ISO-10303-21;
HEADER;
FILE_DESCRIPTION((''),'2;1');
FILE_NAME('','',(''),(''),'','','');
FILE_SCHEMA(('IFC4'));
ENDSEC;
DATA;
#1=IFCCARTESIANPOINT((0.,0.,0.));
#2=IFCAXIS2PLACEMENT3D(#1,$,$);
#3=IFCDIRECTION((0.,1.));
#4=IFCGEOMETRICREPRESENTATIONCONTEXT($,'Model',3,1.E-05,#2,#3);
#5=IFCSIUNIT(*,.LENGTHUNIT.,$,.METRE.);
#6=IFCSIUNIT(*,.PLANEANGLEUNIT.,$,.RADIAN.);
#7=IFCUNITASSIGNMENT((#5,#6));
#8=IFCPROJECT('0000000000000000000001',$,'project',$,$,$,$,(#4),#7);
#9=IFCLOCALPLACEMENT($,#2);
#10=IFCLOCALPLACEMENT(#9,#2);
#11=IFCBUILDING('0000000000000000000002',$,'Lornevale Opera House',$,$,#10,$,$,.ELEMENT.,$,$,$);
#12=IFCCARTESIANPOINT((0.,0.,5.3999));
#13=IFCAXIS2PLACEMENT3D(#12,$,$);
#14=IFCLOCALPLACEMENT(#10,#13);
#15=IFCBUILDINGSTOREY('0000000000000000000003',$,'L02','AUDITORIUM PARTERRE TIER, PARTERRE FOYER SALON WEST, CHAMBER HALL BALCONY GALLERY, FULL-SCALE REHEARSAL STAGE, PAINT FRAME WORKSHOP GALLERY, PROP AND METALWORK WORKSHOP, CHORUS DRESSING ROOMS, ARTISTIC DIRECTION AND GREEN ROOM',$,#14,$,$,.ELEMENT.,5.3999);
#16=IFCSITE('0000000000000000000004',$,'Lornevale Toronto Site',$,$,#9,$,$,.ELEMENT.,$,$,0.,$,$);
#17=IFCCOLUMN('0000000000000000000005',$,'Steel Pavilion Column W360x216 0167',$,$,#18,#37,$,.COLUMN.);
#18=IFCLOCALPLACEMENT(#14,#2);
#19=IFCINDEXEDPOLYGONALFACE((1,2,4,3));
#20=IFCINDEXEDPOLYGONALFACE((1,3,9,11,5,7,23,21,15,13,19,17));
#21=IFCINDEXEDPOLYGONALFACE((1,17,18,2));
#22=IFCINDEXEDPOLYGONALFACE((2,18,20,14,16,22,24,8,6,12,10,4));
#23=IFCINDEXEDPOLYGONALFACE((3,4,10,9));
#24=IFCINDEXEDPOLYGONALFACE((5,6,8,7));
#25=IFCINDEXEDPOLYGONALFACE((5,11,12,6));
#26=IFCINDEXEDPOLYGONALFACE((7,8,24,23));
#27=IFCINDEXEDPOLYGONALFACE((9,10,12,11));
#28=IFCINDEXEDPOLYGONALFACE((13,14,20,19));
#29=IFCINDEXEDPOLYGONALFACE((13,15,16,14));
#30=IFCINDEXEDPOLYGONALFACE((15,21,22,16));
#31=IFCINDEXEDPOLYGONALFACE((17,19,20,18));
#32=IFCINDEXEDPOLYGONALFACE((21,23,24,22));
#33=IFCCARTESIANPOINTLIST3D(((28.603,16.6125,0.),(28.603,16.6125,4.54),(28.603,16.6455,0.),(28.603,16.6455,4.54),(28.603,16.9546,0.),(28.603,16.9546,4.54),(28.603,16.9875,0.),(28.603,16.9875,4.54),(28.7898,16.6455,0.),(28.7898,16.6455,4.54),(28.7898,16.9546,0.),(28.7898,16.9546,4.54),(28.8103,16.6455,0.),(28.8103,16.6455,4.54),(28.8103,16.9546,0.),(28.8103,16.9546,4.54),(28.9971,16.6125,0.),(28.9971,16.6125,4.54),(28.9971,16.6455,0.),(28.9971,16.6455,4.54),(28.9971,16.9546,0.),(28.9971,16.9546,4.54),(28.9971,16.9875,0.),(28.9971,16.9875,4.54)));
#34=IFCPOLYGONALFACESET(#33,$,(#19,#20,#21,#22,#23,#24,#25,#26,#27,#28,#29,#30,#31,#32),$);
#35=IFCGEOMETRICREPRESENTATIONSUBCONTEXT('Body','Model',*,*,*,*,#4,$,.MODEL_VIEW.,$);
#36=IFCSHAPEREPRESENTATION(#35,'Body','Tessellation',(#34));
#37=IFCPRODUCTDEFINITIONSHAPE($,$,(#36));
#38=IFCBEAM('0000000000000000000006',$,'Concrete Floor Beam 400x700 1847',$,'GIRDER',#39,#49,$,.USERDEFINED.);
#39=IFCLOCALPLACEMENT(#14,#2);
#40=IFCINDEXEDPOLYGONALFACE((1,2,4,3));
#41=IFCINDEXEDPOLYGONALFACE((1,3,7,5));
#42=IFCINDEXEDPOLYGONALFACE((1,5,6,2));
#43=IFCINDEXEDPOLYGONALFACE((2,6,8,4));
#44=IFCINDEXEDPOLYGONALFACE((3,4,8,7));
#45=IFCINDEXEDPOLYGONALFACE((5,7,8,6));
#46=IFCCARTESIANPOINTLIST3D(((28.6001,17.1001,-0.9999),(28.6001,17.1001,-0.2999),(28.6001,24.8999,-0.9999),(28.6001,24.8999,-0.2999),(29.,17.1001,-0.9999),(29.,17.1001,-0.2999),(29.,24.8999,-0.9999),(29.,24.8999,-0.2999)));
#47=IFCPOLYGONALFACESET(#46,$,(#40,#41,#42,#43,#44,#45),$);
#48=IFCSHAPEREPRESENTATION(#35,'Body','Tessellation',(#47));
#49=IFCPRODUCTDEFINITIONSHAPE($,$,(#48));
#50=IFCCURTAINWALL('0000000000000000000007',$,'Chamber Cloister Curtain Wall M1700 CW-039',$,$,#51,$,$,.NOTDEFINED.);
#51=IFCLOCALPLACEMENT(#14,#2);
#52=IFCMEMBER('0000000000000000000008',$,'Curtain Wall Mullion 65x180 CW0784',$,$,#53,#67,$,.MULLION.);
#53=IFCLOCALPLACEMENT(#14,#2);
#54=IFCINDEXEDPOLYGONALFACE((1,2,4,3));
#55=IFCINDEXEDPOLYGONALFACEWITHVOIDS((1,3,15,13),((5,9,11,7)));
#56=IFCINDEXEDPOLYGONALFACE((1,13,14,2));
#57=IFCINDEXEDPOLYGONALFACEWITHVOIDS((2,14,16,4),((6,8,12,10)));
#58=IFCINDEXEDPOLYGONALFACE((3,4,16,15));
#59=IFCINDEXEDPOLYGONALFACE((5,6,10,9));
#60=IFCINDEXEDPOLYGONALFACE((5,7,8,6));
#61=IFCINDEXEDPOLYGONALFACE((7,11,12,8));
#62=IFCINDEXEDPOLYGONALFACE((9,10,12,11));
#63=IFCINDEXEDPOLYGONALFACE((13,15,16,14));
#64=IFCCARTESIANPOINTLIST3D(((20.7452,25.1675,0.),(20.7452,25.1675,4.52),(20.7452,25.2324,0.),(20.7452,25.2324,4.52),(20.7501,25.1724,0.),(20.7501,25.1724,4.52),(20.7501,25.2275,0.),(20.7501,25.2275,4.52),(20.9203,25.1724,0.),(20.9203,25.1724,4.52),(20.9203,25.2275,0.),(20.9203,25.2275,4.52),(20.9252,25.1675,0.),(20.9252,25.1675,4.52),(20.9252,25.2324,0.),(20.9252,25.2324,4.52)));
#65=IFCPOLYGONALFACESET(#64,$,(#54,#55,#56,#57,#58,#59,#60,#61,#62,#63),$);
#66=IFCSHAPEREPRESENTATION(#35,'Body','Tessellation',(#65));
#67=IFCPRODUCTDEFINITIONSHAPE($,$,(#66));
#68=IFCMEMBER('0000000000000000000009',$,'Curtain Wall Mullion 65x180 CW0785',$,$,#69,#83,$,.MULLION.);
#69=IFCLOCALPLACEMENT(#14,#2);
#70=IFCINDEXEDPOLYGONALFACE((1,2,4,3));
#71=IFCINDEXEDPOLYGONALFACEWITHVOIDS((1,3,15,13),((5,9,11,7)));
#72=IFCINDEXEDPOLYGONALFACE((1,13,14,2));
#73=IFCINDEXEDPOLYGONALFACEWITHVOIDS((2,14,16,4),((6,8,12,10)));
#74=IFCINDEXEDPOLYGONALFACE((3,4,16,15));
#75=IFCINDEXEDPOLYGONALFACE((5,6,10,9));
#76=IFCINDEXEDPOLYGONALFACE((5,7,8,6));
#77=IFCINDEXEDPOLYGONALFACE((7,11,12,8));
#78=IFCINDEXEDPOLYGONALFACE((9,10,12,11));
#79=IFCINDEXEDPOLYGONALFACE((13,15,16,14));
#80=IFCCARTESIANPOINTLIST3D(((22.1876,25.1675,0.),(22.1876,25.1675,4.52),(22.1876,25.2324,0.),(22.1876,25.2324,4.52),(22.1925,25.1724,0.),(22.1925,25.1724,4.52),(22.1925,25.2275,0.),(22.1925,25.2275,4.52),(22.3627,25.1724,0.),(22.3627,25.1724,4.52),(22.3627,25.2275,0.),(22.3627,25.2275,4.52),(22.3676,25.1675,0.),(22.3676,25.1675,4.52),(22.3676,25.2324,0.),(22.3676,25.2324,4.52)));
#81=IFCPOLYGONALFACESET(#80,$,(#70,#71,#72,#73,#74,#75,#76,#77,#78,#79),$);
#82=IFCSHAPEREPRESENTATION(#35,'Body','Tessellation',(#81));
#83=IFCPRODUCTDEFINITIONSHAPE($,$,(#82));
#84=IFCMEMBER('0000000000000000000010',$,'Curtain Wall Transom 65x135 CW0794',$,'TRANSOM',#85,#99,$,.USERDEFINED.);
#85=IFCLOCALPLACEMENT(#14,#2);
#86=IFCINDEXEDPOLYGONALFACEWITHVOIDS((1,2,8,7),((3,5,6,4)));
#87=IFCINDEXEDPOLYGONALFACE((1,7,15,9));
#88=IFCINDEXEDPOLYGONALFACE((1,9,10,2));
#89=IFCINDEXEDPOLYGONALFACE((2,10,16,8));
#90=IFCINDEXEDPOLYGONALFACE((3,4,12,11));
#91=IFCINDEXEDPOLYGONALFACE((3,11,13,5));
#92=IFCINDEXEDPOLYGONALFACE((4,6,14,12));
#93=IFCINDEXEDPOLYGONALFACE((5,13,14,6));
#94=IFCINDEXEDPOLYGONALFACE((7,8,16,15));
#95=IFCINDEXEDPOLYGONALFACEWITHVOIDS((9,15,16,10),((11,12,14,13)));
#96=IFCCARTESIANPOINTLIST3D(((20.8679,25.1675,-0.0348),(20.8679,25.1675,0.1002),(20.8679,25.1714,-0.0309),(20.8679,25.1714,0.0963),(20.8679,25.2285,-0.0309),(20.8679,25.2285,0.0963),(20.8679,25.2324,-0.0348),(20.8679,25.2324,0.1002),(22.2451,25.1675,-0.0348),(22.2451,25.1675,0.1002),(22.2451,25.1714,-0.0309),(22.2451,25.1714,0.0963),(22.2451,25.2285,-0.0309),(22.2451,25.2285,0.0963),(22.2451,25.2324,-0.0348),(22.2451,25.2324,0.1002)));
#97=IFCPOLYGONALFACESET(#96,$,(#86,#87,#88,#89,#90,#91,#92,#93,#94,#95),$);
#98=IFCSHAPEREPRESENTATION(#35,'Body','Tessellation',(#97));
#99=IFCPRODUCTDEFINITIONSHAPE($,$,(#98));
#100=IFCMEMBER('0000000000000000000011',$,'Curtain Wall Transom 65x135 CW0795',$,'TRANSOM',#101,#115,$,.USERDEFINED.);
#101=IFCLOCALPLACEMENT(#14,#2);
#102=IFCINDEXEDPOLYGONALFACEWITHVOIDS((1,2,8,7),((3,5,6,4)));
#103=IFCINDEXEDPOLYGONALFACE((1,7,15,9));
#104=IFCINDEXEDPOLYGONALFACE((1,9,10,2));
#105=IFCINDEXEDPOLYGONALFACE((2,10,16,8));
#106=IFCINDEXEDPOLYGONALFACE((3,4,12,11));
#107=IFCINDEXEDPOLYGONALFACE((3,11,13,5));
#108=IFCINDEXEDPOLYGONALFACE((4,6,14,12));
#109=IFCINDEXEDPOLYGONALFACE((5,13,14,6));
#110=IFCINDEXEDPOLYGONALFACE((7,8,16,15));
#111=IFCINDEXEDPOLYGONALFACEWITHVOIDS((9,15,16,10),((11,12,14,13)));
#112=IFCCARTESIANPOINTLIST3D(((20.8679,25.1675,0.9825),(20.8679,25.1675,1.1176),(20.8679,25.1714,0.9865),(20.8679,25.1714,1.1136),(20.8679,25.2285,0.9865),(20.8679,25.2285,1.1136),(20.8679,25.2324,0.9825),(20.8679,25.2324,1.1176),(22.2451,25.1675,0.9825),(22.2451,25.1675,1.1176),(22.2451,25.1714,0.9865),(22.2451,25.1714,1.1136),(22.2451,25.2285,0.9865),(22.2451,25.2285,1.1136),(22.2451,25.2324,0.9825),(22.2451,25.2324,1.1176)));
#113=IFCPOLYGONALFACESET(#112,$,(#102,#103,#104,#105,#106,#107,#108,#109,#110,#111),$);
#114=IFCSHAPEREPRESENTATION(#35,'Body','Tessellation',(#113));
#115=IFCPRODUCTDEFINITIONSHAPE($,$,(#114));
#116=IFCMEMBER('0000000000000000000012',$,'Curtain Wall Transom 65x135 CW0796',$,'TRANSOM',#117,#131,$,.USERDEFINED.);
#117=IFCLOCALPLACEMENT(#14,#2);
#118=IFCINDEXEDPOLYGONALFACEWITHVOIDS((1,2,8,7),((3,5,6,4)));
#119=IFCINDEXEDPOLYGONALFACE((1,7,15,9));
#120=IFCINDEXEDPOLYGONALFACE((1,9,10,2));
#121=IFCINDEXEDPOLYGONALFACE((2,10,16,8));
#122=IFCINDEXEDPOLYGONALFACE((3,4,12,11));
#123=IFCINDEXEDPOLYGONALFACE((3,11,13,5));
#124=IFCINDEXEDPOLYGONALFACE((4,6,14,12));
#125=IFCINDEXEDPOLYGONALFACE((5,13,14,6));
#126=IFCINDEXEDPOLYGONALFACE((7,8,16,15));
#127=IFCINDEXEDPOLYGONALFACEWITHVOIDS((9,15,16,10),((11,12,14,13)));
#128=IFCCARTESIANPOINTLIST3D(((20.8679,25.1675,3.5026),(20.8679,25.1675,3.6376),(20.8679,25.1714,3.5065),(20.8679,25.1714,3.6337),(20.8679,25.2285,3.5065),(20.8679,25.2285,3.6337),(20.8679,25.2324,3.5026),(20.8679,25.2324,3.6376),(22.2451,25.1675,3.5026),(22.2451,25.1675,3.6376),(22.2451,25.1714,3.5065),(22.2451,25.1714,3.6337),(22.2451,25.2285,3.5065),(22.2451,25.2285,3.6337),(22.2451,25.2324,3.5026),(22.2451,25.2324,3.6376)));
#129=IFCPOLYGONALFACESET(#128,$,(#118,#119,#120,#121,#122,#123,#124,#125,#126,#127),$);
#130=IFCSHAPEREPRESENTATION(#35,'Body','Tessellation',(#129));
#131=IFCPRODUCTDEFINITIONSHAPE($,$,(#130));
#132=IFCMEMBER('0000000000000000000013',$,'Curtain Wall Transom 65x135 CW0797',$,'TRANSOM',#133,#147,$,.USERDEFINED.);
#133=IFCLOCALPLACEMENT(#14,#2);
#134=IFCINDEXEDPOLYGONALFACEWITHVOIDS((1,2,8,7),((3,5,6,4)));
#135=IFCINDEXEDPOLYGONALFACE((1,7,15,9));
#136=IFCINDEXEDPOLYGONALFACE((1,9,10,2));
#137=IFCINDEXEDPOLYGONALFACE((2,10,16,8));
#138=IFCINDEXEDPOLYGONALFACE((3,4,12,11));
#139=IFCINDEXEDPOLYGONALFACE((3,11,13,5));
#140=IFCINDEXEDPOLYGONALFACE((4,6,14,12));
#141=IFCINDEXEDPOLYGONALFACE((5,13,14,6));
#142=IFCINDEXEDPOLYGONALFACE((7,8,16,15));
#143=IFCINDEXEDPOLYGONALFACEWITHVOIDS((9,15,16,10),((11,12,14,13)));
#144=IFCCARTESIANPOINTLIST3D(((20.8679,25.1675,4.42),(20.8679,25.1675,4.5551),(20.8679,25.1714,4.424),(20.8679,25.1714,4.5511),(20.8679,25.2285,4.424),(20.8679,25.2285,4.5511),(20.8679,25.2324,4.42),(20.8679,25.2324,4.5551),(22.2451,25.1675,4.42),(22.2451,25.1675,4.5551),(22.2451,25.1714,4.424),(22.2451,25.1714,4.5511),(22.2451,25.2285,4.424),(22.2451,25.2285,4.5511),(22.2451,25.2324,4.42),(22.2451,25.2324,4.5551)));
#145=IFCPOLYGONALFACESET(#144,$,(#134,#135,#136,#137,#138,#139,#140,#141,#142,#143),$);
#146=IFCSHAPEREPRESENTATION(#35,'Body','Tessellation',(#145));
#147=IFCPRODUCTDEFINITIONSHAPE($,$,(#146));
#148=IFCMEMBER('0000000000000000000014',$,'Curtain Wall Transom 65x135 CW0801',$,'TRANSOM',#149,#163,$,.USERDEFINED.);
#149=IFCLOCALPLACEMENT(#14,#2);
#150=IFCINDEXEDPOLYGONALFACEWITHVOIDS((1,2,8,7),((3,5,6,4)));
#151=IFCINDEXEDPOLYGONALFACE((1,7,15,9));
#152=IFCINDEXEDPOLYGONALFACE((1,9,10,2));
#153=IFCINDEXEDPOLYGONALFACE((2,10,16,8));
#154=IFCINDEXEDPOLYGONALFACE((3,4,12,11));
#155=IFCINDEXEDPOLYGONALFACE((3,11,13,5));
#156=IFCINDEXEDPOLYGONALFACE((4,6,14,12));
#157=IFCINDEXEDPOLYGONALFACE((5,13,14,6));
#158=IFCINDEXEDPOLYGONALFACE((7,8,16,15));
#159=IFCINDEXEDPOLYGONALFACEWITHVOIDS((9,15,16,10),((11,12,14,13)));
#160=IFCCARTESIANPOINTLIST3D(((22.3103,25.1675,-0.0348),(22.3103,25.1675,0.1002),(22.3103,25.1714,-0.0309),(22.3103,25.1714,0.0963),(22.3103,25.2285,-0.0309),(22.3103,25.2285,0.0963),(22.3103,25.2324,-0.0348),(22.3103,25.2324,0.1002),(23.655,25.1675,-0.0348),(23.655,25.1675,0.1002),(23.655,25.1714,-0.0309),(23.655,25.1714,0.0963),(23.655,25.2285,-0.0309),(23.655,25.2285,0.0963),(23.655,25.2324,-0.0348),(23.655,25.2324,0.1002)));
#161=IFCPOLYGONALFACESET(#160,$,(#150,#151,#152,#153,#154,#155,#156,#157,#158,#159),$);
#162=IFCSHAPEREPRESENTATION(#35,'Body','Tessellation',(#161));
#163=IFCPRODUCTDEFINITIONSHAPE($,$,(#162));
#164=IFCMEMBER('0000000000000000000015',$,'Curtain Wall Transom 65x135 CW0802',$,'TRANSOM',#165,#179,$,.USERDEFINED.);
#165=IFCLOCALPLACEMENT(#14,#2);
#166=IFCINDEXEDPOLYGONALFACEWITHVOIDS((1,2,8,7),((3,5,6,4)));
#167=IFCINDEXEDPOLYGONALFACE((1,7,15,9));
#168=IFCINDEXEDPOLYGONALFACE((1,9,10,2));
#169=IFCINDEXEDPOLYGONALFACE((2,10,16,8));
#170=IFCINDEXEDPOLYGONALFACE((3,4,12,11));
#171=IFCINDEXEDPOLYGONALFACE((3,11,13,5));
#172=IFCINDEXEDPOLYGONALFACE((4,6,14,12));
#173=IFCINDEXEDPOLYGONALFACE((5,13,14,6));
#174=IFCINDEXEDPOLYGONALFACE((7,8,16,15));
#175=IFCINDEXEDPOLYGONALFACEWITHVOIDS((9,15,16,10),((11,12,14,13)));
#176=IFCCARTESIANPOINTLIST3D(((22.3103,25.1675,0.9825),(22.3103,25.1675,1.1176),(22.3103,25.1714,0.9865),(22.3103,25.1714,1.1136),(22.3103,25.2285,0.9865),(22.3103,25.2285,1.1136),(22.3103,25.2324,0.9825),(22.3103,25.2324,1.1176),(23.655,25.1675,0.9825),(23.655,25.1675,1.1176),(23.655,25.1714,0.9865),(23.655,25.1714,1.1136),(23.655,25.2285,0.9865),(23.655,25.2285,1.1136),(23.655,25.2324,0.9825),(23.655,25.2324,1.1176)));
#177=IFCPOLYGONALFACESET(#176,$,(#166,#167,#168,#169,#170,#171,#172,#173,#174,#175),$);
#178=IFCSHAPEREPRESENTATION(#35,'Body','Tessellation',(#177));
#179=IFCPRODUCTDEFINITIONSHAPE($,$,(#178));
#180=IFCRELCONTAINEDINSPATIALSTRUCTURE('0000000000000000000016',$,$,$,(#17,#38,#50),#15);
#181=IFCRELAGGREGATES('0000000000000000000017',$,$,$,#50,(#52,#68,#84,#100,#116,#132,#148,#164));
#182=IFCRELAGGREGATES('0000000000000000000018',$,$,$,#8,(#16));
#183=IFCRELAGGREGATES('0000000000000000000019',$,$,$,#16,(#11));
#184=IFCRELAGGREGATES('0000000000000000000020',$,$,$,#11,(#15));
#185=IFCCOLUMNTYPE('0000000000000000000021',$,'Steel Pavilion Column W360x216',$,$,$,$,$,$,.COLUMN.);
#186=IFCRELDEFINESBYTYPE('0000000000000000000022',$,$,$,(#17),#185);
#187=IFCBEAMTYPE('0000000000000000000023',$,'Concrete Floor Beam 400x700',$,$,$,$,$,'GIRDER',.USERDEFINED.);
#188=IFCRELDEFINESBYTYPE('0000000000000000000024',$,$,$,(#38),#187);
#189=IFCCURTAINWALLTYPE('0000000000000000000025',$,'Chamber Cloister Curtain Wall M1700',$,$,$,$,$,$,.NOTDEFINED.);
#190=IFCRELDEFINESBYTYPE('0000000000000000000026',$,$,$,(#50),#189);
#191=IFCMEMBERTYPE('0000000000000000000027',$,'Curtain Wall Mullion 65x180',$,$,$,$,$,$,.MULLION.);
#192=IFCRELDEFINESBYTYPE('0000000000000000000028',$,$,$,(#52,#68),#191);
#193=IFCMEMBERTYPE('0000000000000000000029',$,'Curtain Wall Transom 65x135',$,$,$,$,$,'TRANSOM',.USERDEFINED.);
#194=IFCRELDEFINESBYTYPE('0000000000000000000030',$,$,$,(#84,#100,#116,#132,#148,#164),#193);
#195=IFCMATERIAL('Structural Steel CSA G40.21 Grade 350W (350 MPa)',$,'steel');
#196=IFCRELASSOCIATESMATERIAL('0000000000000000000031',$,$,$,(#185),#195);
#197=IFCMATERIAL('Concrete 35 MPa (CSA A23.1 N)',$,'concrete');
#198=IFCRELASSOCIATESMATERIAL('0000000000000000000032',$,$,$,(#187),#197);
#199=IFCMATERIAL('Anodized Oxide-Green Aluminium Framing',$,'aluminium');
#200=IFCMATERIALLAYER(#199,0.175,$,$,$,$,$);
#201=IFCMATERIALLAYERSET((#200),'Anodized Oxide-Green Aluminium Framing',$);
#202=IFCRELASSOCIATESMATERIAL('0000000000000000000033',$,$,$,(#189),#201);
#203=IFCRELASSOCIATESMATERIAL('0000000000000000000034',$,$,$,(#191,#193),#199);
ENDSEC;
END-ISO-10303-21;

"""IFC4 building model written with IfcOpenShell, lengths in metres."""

from ifc_helpers import new_model, si_unit, direction, frame, origin, origin_2d, place, context, subcontext, project, spatial, rectangle, hollow_rectangle, i_section, extrude, material, layer, layer_set, material_profile, profile_set, type_object, element, aggregate, save


model = new_model("IFC4")

# Units and contexts
model_context = context("Model", 3, precision=1e-05, world=origin(), true_north=direction((0.0, 1.0)))
body_context = subcontext(model_context, "Body", "Model", "MODEL_VIEW")
ifc_project = project(units=[si_unit("LENGTHUNIT", "METRE"), si_unit("PLANEANGLEUNIT", "RADIAN")], contexts=[model_context])

# Site, building, storey
site_placement = place(None, origin())
site = spatial("IfcSite", under=ifc_project, at=site_placement, Name="Lornevale Toronto Site", CompositionType="ELEMENT", RefElevation=0.0)
building_placement = place(site_placement, origin())
building = spatial("IfcBuilding", under=site, at=building_placement, Name="Lornevale Opera House", CompositionType="ELEMENT")
storey_placement = place(building_placement, frame((0.0, 0.0, 5.3999)))
storey = spatial("IfcBuildingStorey", under=building, at=storey_placement, Name="L02", Description="AUDITORIUM PARTERRE TIER, PARTERRE FOYER SALON WEST, CHAMBER HALL BALCONY GALLERY, FULL-SCALE REHEARSAL STAGE, PAINT FRAME WORKSHOP GALLERY, PROP AND METALWORK WORKSHOP, CHORUS DRESSING ROOMS, ARTISTIC DIRECTION AND GREEN ROOM", CompositionType="ELEMENT", Elevation=5.3999)

# Column
ifc_material_1 = material(Name="Structural Steel CSA G40.21 Grade 350W (350 MPa)", Category="steel")
ifc_material_profile_1 = material_profile(ifc_material_1, i_section(OverallWidth=0.394, OverallDepth=0.375, WebThickness=0.0205, FlangeThickness=0.033, at=origin_2d()), Name="W360x216")
ifc_profile_set_1 = profile_set([ifc_material_profile_1], Name="Structural Steel CSA G40.21 Grade 350W (350 MPa)")
column_type = type_object("IfcColumnType", Name="Steel Pavilion Column W360x216", PredefinedType="COLUMN", material=ifc_profile_set_1)
column_placement = place(storey_placement, frame((28.8, 16.8, 0.0), z_axis=(0.0, 0.0, 1.0), x_axis=(1.0, 0.0, 0.0)))
element("IfcColumn", 1, at=column_placement, inside=storey, type_object=column_type, Name="Steel Pavilion Column W360x216 0167", PredefinedType="COLUMN", context=body_context, shape_type="SweptSolid", body=[
    extrude(i_section(OverallWidth=0.394, OverallDepth=0.375, WebThickness=0.0205, FlangeThickness=0.033, at=origin_2d()), origin(), (0.0, 0.0, 1.0), 4.54),
])

# Beam
ifc_material_2 = material(Name="Concrete 35 MPa (CSA A23.1 N)", Category="concrete")
ifc_material_profile_2 = material_profile(ifc_material_2, rectangle(XDim=0.3999, YDim=0.7, at=origin_2d()), Name="RC400x700")
ifc_profile_set_2 = profile_set([ifc_material_profile_2], Name="Concrete 35 MPa (CSA A23.1 N)")
beam_type = type_object("IfcBeamType", Name="Concrete Floor Beam 400x700", ElementType="GIRDER", PredefinedType="USERDEFINED", material=ifc_profile_set_2)
beam_placement = place(storey_placement, frame((28.8, 17.1001, -0.6499), z_axis=(0.0, 1.0, 0.0), x_axis=(-1.0, 0.0, 0.0)))
element("IfcBeam", 2, at=beam_placement, inside=storey, type_object=beam_type, Name="Concrete Floor Beam 400x700 1847", ObjectType="GIRDER", PredefinedType="USERDEFINED", context=body_context, shape_type="SweptSolid", body=[
    extrude(rectangle(XDim=0.3999, YDim=0.7, at=origin_2d()), origin(), (0.0, 0.0, 1.0), 7.7998),
])

# Curtain wall, members
ifc_material_3 = material(Name="Anodized Oxide-Green Aluminium Framing", Category="aluminium")
ifc_layer_1 = layer(ifc_material_3, 0.175)
ifc_layer_set_1 = layer_set([ifc_layer_1], Name="Anodized Oxide-Green Aluminium Framing")
curtain_wall_type = type_object("IfcCurtainWallType", Name="Chamber Cloister Curtain Wall M1700", PredefinedType="NOTDEFINED", material=ifc_layer_set_1)
curtain_wall_placement = place(storey_placement, origin())
curtain_wall = element("IfcCurtainWall", 3, at=curtain_wall_placement, inside=storey, type_object=curtain_wall_type, Name="Chamber Cloister Curtain Wall M1700 CW-039", PredefinedType="NOTDEFINED")
ifc_material_profile_3 = material_profile(ifc_material_3, hollow_rectangle(XDim=0.0649, YDim=0.1799, WallThickness=0.0049, at=origin_2d()), Name="ALU65x180x5")
ifc_profile_set_3 = profile_set([ifc_material_profile_3], Name="Anodized Oxide-Green Aluminium Framing")
member_type_1 = type_object("IfcMemberType", Name="Curtain Wall Mullion 65x180", PredefinedType="MULLION", material=ifc_profile_set_3)
member_1_placement = place(storey_placement, frame((20.8352, 25.2, 0.0), z_axis=(0.0, 0.0, 1.0), x_axis=(0.0, 1.0, 0.0)))
member_1 = element("IfcMember", 4, at=member_1_placement, type_object=member_type_1, Name="Curtain Wall Mullion 65x180 CW0784", PredefinedType="MULLION", context=body_context, shape_type="SweptSolid", body=[
    extrude(hollow_rectangle(XDim=0.0649, YDim=0.1799, WallThickness=0.0049, at=origin_2d()), origin(), (0.0, 0.0, 1.0), 4.52),
])
member_2_placement = place(storey_placement, frame((22.2776, 25.2, 0.0), z_axis=(0.0, 0.0, 1.0), x_axis=(0.0, 1.0, 0.0)))
member_2 = element("IfcMember", 5, at=member_2_placement, type_object=member_type_1, Name="Curtain Wall Mullion 65x180 CW0785", PredefinedType="MULLION", context=body_context, shape_type="SweptSolid", body=[
    extrude(hollow_rectangle(XDim=0.0649, YDim=0.1799, WallThickness=0.0049, at=origin_2d()), origin(), (0.0, 0.0, 1.0), 4.52),
])
ifc_material_profile_4 = material_profile(ifc_material_3, hollow_rectangle(XDim=0.0649, YDim=0.135, WallThickness=0.0039, at=origin_2d()), Name="ALU65x135x4")
ifc_profile_set_4 = profile_set([ifc_material_profile_4], Name="Anodized Oxide-Green Aluminium Framing")
member_type_2 = type_object("IfcMemberType", Name="Curtain Wall Transom 65x135", ElementType="TRANSOM", PredefinedType="USERDEFINED", material=ifc_profile_set_4)
member_3_placement = place(storey_placement, frame((20.8679, 25.2, 0.0327), z_axis=(1.0, 0.0, 0.0), x_axis=(0.0, 1.0, 0.0)))
member_3 = element("IfcMember", 6, at=member_3_placement, type_object=member_type_2, Name="Curtain Wall Transom 65x135 CW0794", ObjectType="TRANSOM", PredefinedType="USERDEFINED", context=body_context, shape_type="SweptSolid", body=[
    extrude(hollow_rectangle(XDim=0.0649, YDim=0.135, WallThickness=0.0039, at=origin_2d()), origin(), (0.0, 0.0, 1.0), 1.3772),
])
member_4_placement = place(storey_placement, frame((20.8679, 25.2, 1.05), z_axis=(1.0, 0.0, 0.0), x_axis=(0.0, 1.0, 0.0)))
member_4 = element("IfcMember", 7, at=member_4_placement, type_object=member_type_2, Name="Curtain Wall Transom 65x135 CW0795", ObjectType="TRANSOM", PredefinedType="USERDEFINED", context=body_context, shape_type="SweptSolid", body=[
    extrude(hollow_rectangle(XDim=0.0649, YDim=0.135, WallThickness=0.0039, at=origin_2d()), origin(), (0.0, 0.0, 1.0), 1.3772),
])
member_5_placement = place(storey_placement, frame((20.8679, 25.2, 3.5701), z_axis=(1.0, 0.0, 0.0), x_axis=(0.0, 1.0, 0.0)))
member_5 = element("IfcMember", 8, at=member_5_placement, type_object=member_type_2, Name="Curtain Wall Transom 65x135 CW0796", ObjectType="TRANSOM", PredefinedType="USERDEFINED", context=body_context, shape_type="SweptSolid", body=[
    extrude(hollow_rectangle(XDim=0.0649, YDim=0.135, WallThickness=0.0039, at=origin_2d()), origin(), (0.0, 0.0, 1.0), 1.3772),
])
member_6_placement = place(storey_placement, frame((20.8679, 25.2, 4.4875), z_axis=(1.0, 0.0, 0.0), x_axis=(0.0, 1.0, 0.0)))
member_6 = element("IfcMember", 9, at=member_6_placement, type_object=member_type_2, Name="Curtain Wall Transom 65x135 CW0797", ObjectType="TRANSOM", PredefinedType="USERDEFINED", context=body_context, shape_type="SweptSolid", body=[
    extrude(hollow_rectangle(XDim=0.0649, YDim=0.135, WallThickness=0.0039, at=origin_2d()), origin(), (0.0, 0.0, 1.0), 1.3772),
])
member_7_placement = place(storey_placement, frame((22.3103, 25.2, 0.0327), z_axis=(1.0, 0.0, 0.0), x_axis=(0.0, 1.0, 0.0)))
member_7 = element("IfcMember", 10, at=member_7_placement, type_object=member_type_2, Name="Curtain Wall Transom 65x135 CW0801", ObjectType="TRANSOM", PredefinedType="USERDEFINED", context=body_context, shape_type="SweptSolid", body=[
    extrude(hollow_rectangle(XDim=0.0649, YDim=0.135, WallThickness=0.0039, at=origin_2d()), origin(), (0.0, 0.0, 1.0), 1.3447),
])
member_8_placement = place(storey_placement, frame((22.3103, 25.2, 1.05), z_axis=(1.0, 0.0, 0.0), x_axis=(0.0, 1.0, 0.0)))
member_8 = element("IfcMember", 11, at=member_8_placement, type_object=member_type_2, Name="Curtain Wall Transom 65x135 CW0802", ObjectType="TRANSOM", PredefinedType="USERDEFINED", context=body_context, shape_type="SweptSolid", body=[
    extrude(hollow_rectangle(XDim=0.0649, YDim=0.135, WallThickness=0.0039, at=origin_2d()), origin(), (0.0, 0.0, 1.0), 1.3447),
])
aggregate(curtain_wall, [member_1, member_2, member_3, member_4, member_5, member_6, member_7, member_8])

save(model, "model.ifc")
